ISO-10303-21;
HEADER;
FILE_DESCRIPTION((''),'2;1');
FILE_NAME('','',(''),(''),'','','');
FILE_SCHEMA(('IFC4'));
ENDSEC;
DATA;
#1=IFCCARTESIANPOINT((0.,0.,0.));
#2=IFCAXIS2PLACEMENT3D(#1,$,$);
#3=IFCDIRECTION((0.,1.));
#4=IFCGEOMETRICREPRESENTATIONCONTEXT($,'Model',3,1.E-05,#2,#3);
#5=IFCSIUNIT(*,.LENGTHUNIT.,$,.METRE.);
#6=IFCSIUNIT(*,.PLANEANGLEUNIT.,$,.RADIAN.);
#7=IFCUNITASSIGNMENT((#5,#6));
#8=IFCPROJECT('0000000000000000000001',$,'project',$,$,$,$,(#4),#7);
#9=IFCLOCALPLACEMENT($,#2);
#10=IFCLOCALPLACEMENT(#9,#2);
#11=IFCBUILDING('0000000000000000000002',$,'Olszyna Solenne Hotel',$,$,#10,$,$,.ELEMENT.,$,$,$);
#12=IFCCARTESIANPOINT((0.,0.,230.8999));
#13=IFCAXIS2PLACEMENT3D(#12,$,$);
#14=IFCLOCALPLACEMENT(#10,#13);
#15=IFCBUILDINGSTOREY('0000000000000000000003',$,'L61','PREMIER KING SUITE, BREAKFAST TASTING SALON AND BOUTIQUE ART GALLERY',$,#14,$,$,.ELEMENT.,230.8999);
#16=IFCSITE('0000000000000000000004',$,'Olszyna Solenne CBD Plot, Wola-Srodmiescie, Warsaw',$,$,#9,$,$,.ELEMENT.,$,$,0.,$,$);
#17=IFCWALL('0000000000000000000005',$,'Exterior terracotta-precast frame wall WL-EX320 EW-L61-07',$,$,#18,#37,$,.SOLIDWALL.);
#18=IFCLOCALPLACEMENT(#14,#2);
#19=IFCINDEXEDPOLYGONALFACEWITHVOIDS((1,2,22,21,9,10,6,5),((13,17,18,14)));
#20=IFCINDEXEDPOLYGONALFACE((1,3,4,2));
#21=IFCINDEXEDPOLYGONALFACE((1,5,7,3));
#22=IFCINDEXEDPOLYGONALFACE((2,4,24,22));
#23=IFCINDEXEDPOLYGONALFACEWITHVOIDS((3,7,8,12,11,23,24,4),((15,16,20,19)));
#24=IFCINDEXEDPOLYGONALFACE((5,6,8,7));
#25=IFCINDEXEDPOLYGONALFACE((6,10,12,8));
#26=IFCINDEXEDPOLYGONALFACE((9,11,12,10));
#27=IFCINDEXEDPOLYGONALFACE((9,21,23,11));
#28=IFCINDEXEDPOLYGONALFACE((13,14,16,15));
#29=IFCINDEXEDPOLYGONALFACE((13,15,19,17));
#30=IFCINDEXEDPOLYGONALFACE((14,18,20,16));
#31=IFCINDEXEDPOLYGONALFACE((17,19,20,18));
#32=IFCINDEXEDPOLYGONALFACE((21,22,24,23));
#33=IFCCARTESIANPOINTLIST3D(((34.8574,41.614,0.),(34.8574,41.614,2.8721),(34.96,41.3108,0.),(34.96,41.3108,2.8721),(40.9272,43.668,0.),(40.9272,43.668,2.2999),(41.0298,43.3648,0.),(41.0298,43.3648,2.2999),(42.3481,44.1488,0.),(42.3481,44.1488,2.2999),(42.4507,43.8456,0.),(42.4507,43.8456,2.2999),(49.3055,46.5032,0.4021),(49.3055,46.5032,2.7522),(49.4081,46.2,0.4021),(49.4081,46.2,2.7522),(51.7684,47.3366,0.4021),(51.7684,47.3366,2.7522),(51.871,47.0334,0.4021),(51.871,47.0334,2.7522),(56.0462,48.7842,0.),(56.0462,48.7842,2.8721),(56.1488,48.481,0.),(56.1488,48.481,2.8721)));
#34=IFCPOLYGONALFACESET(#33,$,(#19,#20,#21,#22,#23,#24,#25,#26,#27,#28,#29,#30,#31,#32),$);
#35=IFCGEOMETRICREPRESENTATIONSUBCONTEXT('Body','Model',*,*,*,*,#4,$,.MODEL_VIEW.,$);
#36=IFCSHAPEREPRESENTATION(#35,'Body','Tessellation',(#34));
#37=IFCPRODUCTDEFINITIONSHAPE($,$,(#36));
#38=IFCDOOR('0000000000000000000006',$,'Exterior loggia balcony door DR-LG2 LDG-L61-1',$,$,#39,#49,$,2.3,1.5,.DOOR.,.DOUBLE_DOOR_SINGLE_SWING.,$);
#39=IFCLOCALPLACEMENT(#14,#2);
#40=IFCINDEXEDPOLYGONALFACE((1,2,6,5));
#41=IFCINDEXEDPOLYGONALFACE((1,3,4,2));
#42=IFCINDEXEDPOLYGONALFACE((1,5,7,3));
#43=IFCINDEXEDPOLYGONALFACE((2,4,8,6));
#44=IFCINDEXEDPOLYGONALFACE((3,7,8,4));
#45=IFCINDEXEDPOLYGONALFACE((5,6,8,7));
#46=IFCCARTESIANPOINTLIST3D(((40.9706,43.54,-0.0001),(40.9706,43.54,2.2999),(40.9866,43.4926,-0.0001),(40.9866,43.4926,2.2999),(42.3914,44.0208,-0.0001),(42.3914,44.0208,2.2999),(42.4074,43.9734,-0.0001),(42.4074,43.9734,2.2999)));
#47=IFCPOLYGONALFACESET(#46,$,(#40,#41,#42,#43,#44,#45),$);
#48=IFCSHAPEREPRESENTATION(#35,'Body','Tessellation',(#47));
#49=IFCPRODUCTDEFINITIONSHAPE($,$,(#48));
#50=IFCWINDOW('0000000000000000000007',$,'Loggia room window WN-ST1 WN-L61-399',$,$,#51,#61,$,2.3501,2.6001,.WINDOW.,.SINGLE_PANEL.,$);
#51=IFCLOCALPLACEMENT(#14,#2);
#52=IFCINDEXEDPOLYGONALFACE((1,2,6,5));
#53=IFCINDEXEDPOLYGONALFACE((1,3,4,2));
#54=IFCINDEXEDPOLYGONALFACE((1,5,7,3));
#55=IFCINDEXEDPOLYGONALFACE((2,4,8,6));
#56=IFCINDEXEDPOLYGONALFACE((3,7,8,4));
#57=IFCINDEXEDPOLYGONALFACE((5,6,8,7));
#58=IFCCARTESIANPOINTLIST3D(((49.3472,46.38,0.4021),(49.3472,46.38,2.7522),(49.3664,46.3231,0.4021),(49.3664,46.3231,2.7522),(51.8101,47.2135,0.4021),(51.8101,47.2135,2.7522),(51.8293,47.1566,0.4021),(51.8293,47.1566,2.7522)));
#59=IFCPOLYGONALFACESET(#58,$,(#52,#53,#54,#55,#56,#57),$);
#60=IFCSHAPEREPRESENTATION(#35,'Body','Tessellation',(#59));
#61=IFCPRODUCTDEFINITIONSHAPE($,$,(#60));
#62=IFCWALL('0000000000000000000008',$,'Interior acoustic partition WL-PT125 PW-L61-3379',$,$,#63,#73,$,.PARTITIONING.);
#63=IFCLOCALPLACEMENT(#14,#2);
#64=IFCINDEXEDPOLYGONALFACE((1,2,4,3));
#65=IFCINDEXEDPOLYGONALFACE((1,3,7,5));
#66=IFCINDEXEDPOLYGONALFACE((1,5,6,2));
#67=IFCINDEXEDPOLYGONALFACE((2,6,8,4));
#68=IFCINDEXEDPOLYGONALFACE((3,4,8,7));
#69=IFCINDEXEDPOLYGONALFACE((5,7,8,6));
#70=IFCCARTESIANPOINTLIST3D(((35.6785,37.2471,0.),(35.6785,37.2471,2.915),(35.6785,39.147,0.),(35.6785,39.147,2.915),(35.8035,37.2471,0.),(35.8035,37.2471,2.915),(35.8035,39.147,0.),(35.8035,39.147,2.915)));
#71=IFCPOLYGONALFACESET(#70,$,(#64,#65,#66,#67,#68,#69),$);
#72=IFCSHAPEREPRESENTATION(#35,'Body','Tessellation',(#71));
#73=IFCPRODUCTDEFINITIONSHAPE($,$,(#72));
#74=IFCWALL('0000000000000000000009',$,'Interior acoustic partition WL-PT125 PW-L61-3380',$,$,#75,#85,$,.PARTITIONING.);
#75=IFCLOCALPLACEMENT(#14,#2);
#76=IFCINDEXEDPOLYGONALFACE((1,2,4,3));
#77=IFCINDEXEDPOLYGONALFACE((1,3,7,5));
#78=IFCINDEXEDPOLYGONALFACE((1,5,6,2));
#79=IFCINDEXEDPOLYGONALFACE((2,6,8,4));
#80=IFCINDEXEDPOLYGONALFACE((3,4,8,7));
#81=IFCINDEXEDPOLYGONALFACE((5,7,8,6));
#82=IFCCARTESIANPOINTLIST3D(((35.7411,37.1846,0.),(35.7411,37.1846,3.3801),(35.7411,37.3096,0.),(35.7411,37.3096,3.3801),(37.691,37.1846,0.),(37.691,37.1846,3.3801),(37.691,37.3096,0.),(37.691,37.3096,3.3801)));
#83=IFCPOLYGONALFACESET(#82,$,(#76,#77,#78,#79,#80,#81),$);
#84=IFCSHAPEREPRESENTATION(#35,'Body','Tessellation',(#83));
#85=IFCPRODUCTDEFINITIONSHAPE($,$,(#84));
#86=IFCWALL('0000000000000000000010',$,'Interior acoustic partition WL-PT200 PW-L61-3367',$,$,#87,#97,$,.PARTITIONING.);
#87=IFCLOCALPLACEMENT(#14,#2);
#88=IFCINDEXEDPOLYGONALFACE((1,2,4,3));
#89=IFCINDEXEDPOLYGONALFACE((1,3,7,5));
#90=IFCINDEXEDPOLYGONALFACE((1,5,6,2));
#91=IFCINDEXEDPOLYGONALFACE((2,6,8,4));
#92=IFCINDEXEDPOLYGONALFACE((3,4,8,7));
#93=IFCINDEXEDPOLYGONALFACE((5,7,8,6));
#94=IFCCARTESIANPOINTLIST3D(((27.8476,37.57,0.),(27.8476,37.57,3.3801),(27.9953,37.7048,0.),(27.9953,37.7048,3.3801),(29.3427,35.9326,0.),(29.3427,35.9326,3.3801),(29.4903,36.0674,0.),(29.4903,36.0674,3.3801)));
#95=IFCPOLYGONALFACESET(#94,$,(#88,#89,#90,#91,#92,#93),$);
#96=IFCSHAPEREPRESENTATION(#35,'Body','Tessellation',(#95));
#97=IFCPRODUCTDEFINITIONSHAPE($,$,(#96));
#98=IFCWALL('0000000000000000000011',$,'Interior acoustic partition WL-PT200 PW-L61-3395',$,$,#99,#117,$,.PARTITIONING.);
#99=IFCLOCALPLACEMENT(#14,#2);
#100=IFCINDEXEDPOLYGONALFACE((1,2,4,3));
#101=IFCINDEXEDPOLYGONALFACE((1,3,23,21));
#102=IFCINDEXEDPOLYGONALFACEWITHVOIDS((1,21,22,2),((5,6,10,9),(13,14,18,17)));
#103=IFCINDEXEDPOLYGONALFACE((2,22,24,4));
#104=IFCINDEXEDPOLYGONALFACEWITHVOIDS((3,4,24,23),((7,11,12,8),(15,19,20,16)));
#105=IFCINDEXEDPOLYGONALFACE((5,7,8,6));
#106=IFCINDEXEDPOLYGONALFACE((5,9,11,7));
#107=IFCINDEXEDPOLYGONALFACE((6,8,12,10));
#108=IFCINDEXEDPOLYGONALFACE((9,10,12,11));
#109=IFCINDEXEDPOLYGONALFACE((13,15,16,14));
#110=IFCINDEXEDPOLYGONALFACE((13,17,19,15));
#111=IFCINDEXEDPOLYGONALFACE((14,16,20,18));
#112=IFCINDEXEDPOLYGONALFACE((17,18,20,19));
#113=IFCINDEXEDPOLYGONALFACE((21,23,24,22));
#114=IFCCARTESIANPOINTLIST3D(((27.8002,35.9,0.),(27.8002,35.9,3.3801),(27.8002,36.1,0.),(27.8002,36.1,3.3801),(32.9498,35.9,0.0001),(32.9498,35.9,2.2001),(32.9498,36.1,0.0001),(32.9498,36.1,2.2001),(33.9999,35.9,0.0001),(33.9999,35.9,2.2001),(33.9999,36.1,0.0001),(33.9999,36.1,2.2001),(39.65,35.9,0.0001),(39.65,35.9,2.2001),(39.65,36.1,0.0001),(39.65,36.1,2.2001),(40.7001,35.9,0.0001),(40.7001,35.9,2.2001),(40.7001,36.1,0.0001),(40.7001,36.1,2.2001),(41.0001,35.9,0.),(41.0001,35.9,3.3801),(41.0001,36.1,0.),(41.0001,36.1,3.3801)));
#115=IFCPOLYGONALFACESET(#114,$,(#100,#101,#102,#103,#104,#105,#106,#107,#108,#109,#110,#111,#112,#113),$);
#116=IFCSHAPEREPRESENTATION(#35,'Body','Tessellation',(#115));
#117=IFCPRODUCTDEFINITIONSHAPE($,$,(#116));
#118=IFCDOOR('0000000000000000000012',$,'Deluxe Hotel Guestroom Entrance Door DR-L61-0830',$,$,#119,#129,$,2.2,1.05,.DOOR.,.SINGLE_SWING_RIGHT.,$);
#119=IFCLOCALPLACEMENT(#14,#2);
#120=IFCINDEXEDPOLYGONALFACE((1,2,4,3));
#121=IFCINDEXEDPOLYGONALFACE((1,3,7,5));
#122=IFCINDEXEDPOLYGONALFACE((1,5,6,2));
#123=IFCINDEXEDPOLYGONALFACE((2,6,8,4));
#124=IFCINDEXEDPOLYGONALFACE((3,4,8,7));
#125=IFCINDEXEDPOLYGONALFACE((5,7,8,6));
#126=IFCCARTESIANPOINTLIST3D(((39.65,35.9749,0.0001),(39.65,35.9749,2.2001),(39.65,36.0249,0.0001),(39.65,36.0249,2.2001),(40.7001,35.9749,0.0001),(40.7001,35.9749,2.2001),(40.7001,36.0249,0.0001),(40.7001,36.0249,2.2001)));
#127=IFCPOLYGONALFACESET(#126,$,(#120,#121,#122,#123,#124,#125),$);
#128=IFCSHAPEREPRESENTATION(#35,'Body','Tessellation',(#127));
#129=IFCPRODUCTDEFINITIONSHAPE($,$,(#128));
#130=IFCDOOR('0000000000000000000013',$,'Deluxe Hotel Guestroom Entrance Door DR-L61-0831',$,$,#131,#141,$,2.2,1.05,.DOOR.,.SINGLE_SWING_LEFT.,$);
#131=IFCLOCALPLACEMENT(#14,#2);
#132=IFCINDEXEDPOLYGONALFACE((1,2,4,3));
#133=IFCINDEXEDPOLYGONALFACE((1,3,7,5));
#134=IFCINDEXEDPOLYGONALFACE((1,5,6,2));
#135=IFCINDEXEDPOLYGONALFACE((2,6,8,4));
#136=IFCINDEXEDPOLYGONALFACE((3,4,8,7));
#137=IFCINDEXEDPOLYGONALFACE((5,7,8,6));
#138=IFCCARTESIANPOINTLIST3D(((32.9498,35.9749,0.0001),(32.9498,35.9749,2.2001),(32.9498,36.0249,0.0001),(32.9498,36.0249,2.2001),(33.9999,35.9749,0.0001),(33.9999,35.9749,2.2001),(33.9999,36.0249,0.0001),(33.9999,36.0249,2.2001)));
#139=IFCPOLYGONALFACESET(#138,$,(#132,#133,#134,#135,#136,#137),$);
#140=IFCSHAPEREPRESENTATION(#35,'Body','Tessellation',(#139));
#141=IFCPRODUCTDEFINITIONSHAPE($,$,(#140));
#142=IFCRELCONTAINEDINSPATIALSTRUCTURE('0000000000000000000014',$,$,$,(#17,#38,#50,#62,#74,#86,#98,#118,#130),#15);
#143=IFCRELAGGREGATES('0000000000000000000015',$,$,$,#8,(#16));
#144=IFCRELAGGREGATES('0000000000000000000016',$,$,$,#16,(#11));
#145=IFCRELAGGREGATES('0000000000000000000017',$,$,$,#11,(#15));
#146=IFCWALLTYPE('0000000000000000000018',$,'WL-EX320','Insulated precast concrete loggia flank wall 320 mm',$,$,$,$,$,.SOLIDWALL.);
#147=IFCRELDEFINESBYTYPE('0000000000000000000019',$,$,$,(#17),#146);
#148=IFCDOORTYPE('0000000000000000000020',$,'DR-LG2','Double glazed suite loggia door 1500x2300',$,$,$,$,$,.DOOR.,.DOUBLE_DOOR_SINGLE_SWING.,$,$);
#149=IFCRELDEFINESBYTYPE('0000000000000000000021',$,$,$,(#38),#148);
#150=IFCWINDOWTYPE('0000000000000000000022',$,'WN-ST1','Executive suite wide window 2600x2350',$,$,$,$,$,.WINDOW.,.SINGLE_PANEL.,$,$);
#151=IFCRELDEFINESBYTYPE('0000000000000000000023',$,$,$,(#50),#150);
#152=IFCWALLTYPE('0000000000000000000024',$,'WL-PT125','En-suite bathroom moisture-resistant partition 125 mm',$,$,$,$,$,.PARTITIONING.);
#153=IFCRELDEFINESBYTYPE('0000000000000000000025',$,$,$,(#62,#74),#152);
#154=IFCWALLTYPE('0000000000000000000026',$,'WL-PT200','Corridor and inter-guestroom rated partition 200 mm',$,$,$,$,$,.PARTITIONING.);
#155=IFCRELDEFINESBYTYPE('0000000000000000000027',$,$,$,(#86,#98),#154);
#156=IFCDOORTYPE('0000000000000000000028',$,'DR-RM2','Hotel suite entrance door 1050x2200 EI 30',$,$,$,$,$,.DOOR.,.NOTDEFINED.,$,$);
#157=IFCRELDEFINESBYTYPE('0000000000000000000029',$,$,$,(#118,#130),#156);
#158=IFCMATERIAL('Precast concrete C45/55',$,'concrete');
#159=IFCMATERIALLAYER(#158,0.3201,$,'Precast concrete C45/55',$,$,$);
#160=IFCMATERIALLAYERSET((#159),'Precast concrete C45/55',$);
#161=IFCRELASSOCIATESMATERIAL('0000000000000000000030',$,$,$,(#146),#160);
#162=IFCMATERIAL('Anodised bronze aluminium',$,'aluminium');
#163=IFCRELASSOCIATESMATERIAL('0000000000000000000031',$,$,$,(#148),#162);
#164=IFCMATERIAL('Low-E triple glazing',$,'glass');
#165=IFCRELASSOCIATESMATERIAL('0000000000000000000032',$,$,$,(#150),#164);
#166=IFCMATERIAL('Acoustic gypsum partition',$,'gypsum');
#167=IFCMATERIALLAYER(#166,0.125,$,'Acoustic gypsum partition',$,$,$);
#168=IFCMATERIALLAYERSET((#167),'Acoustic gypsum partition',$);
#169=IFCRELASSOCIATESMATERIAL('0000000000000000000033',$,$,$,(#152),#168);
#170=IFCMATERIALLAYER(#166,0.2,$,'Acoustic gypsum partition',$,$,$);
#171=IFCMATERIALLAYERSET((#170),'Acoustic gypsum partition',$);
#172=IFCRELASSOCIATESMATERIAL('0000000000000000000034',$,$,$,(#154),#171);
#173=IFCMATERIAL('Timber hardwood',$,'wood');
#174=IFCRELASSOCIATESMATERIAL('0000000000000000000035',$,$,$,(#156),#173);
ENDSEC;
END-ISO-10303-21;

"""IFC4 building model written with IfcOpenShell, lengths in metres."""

from ifc_helpers import new_model, si_unit, direction, frame, frame_2d, origin, place, context, subcontext, project, spatial, rectangle, extrude, source, transform, mapped, material, layer, layer_set, type_object, type_shapes, element, fill, save


model = new_model("IFC4")

# Units and contexts
model_context = context("Model", 3, precision=1e-05, world=origin(), true_north=direction((0.0, 1.0)))
body_context = subcontext(model_context, "Body", "Model", "MODEL_VIEW")
ifc_project = project(units=[si_unit("LENGTHUNIT", "METRE"), si_unit("PLANEANGLEUNIT", "RADIAN")], contexts=[model_context])

# Site, building, storey
site_placement = place(None, origin())
site = spatial("IfcSite", under=ifc_project, at=site_placement, Name="Olszyna Solenne CBD Plot, Wola-Srodmiescie, Warsaw", CompositionType="ELEMENT", RefElevation=0.0)
building_placement = place(site_placement, origin())
building = spatial("IfcBuilding", under=site, at=building_placement, Name="Olszyna Solenne Hotel", CompositionType="ELEMENT")
storey_placement = place(building_placement, frame((0.0, 0.0, 230.8999)))
storey = spatial("IfcBuildingStorey", under=building, at=storey_placement, Name="L61", Description="PREMIER KING SUITE, BREAKFAST TASTING SALON AND BOUTIQUE ART GALLERY", CompositionType="ELEMENT", Elevation=230.8999)

# Wall, openings, door, window
ifc_material_1 = material(Name="Precast concrete C45/55", Category="concrete")
ifc_layer_1 = layer(ifc_material_1, 0.3201, Name="Precast concrete C45/55")
ifc_layer_set_1 = layer_set([ifc_layer_1], Name="Precast concrete C45/55")
wall_type_1 = type_object("IfcWallType", Name="WL-EX320", Description="Insulated precast concrete loggia flank wall 320 mm", PredefinedType="SOLIDWALL", material=ifc_layer_set_1)
wall_1_placement = place(storey_placement, frame((34.9087, 41.4624, 0.0), z_axis=(0.0, 0.0, 1.0), x_axis=(0.947235, 0.32054, 0.0)))
wall_1 = element("IfcWall", 1, at=wall_1_placement, inside=storey, type_object=wall_type_1, Name="Exterior terracotta-precast frame wall WL-EX320 EW-L61-07", PredefinedType="SOLIDWALL", context=body_context, shape_type="SweptSolid", body=[
    extrude(rectangle(XDim=22.3691, YDim=0.3201, at=frame_2d((11.1846, 0.0))), origin(), (0.0, 0.0, 1.0), 2.8721),
])
opening_1_placement = place(wall_1_placement, frame((6.408, 0.0, 0.0)))
opening_1 = element("IfcOpeningElement", 2, at=opening_1_placement, cuts=wall_1, PredefinedType="OPENING", context=body_context, shape_type="SweptSolid", body=[
    extrude(rectangle(XDim=1.5, YDim=2.3, at=frame_2d((0.75, 1.1499))), frame((0.0, 0.1699, 0.0), z_axis=(0.0, -1.0, 0.0), x_axis=(1.0, 0.0, 0.0)), (0.0, 0.0, 1.0), 0.3401),
])
opening_2_placement = place(wall_1_placement, frame((15.2529, 0.0, 0.4021)))
opening_2 = element("IfcOpeningElement", 3, at=opening_2_placement, cuts=wall_1, PredefinedType="OPENING", context=body_context, shape_type="SweptSolid", body=[
    extrude(rectangle(XDim=2.6001, YDim=2.3501, at=frame_2d((1.3, 1.175))), frame((0.0, 0.1699, 0.0), z_axis=(0.0, -1.0, 0.0), x_axis=(1.0, 0.0, 0.0)), (0.0, 0.0, 1.0), 0.3401),
])
ifc_material_2 = material(Name="Anodised bronze aluminium", Category="aluminium")
door_type_1 = type_object("IfcDoorType", Name="DR-LG2", Description="Double glazed suite loggia door 1500x2300", OperationType="DOUBLE_DOOR_SINGLE_SWING", PredefinedType="DOOR", material=ifc_material_2)
shared_shape_1 = source(origin(), body_context, "Body", "SweptSolid", [
    extrude(rectangle(XDim=1.5, YDim=2.3, at=frame_2d((0.75, 1.1499))), frame((0.0, 0.0249, 0.0), z_axis=(0.0, -1.0, 0.0), x_axis=(1.0, 0.0, 0.0)), (0.0, 0.0, 1.0), 0.05),
])
type_shapes(door_type_1, [shared_shape_1])
door_1_placement = place(opening_1_placement, origin())
door_1 = element("IfcDoor", 4, at=door_1_placement, inside=storey, type_object=door_type_1, Name="Exterior loggia balcony door DR-LG2 LDG-L61-1", OperationType="DOUBLE_DOOR_SINGLE_SWING", OverallHeight=2.3, OverallWidth=1.5, PredefinedType="DOOR", context=body_context, shape_type="MappedRepresentation", body=[
    mapped(shared_shape_1, transform((0.0, 0.0, 0.0), x_axis=(1.0, 0.0, 0.0), y_axis=(0.0, 1.0, 0.0), z_axis=(0.0, 0.0, 1.0), scale=1.0)),
])
fill(opening_1, door_1)
ifc_material_3 = material(Name="Low-E triple glazing", Category="glass")
window_type = type_object("IfcWindowType", Name="WN-ST1", Description="Executive suite wide window 2600x2350", PartitioningType="SINGLE_PANEL", PredefinedType="WINDOW", material=ifc_material_3)
shared_shape_2 = source(origin(), body_context, "Body", "SweptSolid", [
    extrude(rectangle(XDim=2.6001, YDim=2.3501, at=frame_2d((1.3, 1.175))), frame((0.0, 0.03, 0.0), z_axis=(0.0, -1.0, 0.0), x_axis=(1.0, 0.0, 0.0)), (0.0, 0.0, 1.0), 0.0601),
])
type_shapes(window_type, [shared_shape_2])
window_placement = place(opening_2_placement, origin())
window = element("IfcWindow", 5, at=window_placement, inside=storey, type_object=window_type, Name="Loggia room window WN-ST1 WN-L61-399", OverallHeight=2.3501, OverallWidth=2.6001, PartitioningType="SINGLE_PANEL", PredefinedType="WINDOW", context=body_context, shape_type="MappedRepresentation", body=[
    mapped(shared_shape_2, transform((0.0, 0.0, 0.0), x_axis=(1.0, 0.0, 0.0), y_axis=(0.0, 1.0, 0.0), z_axis=(0.0, 0.0, 1.0), scale=1.0)),
])
fill(opening_2, window)

# Walls
ifc_material_4 = material(Name="Acoustic gypsum partition", Category="gypsum")
ifc_layer_2 = layer(ifc_material_4, 0.125, Name="Acoustic gypsum partition")
ifc_layer_set_2 = layer_set([ifc_layer_2], Name="Acoustic gypsum partition")
wall_type_2 = type_object("IfcWallType", Name="WL-PT125", Description="En-suite bathroom moisture-resistant partition 125 mm", PredefinedType="PARTITIONING", material=ifc_layer_set_2)
wall_2_placement = place(storey_placement, frame((35.741, 39.147, 0.0), z_axis=(0.0, 0.0, 1.0), x_axis=(0.0, -1.0, 0.0)))
element("IfcWall", 6, at=wall_2_placement, inside=storey, type_object=wall_type_2, Name="Interior acoustic partition WL-PT125 PW-L61-3379", PredefinedType="PARTITIONING", context=body_context, shape_type="SweptSolid", body=[
    extrude(rectangle(XDim=1.8999, YDim=0.125, at=frame_2d((0.95, 0.0))), origin(), (0.0, 0.0, 1.0), 2.915),
])
wall_3_placement = place(storey_placement, frame((35.741, 37.2471, 0.0), z_axis=(0.0, 0.0, 1.0), x_axis=(1.0, 0.0, 0.0)))
element("IfcWall", 7, at=wall_3_placement, inside=storey, type_object=wall_type_2, Name="Interior acoustic partition WL-PT125 PW-L61-3380", PredefinedType="PARTITIONING", context=body_context, shape_type="SweptSolid", body=[
    extrude(rectangle(XDim=1.95, YDim=0.125, at=frame_2d((0.9751, 0.0))), origin(), (0.0, 0.0, 1.0), 3.3801),
])
ifc_layer_3 = layer(ifc_material_4, 0.2, Name="Acoustic gypsum partition")
ifc_layer_set_3 = layer_set([ifc_layer_3], Name="Acoustic gypsum partition")
wall_type_3 = type_object("IfcWallType", Name="WL-PT200", Description="Corridor and inter-guestroom rated partition 200 mm", PredefinedType="PARTITIONING", material=ifc_layer_set_3)
wall_4_placement = place(storey_placement, frame((29.4165, 36.0, 0.0), z_axis=(0.0, 0.0, 1.0), x_axis=(-0.674282, 0.738474, 0.0)))
element("IfcWall", 8, at=wall_4_placement, inside=storey, type_object=wall_type_3, Name="Interior acoustic partition WL-PT200 PW-L61-3367", PredefinedType="PARTITIONING", context=body_context, shape_type="SweptSolid", body=[
    extrude(rectangle(XDim=2.2173, YDim=0.2, at=frame_2d((1.1086, 0.0))), origin(), (0.0, 0.0, 1.0), 3.3801),
])

# Wall, openings, doors
wall_5_placement = place(storey_placement, frame((27.8, 36.0, 0.0), z_axis=(0.0, 0.0, 1.0), x_axis=(1.0, 0.0, 0.0)))
wall_5 = element("IfcWall", 9, at=wall_5_placement, inside=storey, type_object=wall_type_3, Name="Interior acoustic partition WL-PT200 PW-L61-3395", PredefinedType="PARTITIONING", context=body_context, shape_type="SweptSolid", body=[
    extrude(rectangle(XDim=13.2, YDim=0.2, at=frame_2d((6.6001, 0.0))), origin(), (0.0, 0.0, 1.0), 3.3801),
])
opening_3_placement = place(wall_5_placement, frame((11.8501, 0.0, 0.0)))
opening_3 = element("IfcOpeningElement", 10, at=opening_3_placement, cuts=wall_5, PredefinedType="OPENING", context=body_context, shape_type="SweptSolid", body=[
    extrude(rectangle(XDim=1.05, YDim=2.2, at=frame_2d((0.5249, 1.1001))), frame((0.0, 0.1099, 0.0), z_axis=(0.0, -1.0, 0.0), x_axis=(1.0, 0.0, 0.0)), (0.0, 0.0, 1.0), 0.22),
])
opening_4_placement = place(wall_5_placement, frame((5.1499, 0.0, 0.0)))
opening_4 = element("IfcOpeningElement", 11, at=opening_4_placement, cuts=wall_5, PredefinedType="OPENING", context=body_context, shape_type="SweptSolid", body=[
    extrude(rectangle(XDim=1.05, YDim=2.2, at=frame_2d((0.5249, 1.1001))), frame((0.0, 0.1099, 0.0), z_axis=(0.0, -1.0, 0.0), x_axis=(1.0, 0.0, 0.0)), (0.0, 0.0, 1.0), 0.22),
])
ifc_material_5 = material(Name="Timber hardwood", Category="wood")
door_type_2 = type_object("IfcDoorType", Name="DR-RM2", Description="Hotel suite entrance door 1050x2200 EI 30", OperationType="NOTDEFINED", PredefinedType="DOOR", material=ifc_material_5)
shared_shape_3 = source(origin(), body_context, "Body", "SweptSolid", [
    extrude(rectangle(XDim=1.05, YDim=2.2, at=frame_2d((0.5249, 1.1001))), frame((0.0, 0.0249, 0.0), z_axis=(0.0, -1.0, 0.0), x_axis=(1.0, 0.0, 0.0)), (0.0, 0.0, 1.0), 0.05),
])
type_shapes(door_type_2, [shared_shape_3])
door_2_placement = place(opening_3_placement, origin())
door_2 = element("IfcDoor", 12, at=door_2_placement, inside=storey, type_object=door_type_2, Name="Deluxe Hotel Guestroom Entrance Door DR-L61-0830", OperationType="SINGLE_SWING_RIGHT", OverallHeight=2.2, OverallWidth=1.05, PredefinedType="DOOR", context=body_context, shape_type="MappedRepresentation", body=[
    mapped(shared_shape_3, transform((0.0, 0.0, 0.0), x_axis=(1.0, 0.0, 0.0), y_axis=(0.0, 1.0, 0.0), z_axis=(0.0, 0.0, 1.0), scale=1.0)),
])
fill(opening_3, door_2)
door_3_placement = place(opening_4_placement, origin())
door_3 = element("IfcDoor", 13, at=door_3_placement, inside=storey, type_object=door_type_2, Name="Deluxe Hotel Guestroom Entrance Door DR-L61-0831", OperationType="SINGLE_SWING_LEFT", OverallHeight=2.2, OverallWidth=1.05, PredefinedType="DOOR", context=body_context, shape_type="MappedRepresentation", body=[
    mapped(shared_shape_3, transform((0.0, 0.0, 0.0), x_axis=(1.0, 0.0, 0.0), y_axis=(0.0, 1.0, 0.0), z_axis=(0.0, 0.0, 1.0), scale=1.0)),
])
fill(opening_4, door_3)

save(model, "model.ifc")
